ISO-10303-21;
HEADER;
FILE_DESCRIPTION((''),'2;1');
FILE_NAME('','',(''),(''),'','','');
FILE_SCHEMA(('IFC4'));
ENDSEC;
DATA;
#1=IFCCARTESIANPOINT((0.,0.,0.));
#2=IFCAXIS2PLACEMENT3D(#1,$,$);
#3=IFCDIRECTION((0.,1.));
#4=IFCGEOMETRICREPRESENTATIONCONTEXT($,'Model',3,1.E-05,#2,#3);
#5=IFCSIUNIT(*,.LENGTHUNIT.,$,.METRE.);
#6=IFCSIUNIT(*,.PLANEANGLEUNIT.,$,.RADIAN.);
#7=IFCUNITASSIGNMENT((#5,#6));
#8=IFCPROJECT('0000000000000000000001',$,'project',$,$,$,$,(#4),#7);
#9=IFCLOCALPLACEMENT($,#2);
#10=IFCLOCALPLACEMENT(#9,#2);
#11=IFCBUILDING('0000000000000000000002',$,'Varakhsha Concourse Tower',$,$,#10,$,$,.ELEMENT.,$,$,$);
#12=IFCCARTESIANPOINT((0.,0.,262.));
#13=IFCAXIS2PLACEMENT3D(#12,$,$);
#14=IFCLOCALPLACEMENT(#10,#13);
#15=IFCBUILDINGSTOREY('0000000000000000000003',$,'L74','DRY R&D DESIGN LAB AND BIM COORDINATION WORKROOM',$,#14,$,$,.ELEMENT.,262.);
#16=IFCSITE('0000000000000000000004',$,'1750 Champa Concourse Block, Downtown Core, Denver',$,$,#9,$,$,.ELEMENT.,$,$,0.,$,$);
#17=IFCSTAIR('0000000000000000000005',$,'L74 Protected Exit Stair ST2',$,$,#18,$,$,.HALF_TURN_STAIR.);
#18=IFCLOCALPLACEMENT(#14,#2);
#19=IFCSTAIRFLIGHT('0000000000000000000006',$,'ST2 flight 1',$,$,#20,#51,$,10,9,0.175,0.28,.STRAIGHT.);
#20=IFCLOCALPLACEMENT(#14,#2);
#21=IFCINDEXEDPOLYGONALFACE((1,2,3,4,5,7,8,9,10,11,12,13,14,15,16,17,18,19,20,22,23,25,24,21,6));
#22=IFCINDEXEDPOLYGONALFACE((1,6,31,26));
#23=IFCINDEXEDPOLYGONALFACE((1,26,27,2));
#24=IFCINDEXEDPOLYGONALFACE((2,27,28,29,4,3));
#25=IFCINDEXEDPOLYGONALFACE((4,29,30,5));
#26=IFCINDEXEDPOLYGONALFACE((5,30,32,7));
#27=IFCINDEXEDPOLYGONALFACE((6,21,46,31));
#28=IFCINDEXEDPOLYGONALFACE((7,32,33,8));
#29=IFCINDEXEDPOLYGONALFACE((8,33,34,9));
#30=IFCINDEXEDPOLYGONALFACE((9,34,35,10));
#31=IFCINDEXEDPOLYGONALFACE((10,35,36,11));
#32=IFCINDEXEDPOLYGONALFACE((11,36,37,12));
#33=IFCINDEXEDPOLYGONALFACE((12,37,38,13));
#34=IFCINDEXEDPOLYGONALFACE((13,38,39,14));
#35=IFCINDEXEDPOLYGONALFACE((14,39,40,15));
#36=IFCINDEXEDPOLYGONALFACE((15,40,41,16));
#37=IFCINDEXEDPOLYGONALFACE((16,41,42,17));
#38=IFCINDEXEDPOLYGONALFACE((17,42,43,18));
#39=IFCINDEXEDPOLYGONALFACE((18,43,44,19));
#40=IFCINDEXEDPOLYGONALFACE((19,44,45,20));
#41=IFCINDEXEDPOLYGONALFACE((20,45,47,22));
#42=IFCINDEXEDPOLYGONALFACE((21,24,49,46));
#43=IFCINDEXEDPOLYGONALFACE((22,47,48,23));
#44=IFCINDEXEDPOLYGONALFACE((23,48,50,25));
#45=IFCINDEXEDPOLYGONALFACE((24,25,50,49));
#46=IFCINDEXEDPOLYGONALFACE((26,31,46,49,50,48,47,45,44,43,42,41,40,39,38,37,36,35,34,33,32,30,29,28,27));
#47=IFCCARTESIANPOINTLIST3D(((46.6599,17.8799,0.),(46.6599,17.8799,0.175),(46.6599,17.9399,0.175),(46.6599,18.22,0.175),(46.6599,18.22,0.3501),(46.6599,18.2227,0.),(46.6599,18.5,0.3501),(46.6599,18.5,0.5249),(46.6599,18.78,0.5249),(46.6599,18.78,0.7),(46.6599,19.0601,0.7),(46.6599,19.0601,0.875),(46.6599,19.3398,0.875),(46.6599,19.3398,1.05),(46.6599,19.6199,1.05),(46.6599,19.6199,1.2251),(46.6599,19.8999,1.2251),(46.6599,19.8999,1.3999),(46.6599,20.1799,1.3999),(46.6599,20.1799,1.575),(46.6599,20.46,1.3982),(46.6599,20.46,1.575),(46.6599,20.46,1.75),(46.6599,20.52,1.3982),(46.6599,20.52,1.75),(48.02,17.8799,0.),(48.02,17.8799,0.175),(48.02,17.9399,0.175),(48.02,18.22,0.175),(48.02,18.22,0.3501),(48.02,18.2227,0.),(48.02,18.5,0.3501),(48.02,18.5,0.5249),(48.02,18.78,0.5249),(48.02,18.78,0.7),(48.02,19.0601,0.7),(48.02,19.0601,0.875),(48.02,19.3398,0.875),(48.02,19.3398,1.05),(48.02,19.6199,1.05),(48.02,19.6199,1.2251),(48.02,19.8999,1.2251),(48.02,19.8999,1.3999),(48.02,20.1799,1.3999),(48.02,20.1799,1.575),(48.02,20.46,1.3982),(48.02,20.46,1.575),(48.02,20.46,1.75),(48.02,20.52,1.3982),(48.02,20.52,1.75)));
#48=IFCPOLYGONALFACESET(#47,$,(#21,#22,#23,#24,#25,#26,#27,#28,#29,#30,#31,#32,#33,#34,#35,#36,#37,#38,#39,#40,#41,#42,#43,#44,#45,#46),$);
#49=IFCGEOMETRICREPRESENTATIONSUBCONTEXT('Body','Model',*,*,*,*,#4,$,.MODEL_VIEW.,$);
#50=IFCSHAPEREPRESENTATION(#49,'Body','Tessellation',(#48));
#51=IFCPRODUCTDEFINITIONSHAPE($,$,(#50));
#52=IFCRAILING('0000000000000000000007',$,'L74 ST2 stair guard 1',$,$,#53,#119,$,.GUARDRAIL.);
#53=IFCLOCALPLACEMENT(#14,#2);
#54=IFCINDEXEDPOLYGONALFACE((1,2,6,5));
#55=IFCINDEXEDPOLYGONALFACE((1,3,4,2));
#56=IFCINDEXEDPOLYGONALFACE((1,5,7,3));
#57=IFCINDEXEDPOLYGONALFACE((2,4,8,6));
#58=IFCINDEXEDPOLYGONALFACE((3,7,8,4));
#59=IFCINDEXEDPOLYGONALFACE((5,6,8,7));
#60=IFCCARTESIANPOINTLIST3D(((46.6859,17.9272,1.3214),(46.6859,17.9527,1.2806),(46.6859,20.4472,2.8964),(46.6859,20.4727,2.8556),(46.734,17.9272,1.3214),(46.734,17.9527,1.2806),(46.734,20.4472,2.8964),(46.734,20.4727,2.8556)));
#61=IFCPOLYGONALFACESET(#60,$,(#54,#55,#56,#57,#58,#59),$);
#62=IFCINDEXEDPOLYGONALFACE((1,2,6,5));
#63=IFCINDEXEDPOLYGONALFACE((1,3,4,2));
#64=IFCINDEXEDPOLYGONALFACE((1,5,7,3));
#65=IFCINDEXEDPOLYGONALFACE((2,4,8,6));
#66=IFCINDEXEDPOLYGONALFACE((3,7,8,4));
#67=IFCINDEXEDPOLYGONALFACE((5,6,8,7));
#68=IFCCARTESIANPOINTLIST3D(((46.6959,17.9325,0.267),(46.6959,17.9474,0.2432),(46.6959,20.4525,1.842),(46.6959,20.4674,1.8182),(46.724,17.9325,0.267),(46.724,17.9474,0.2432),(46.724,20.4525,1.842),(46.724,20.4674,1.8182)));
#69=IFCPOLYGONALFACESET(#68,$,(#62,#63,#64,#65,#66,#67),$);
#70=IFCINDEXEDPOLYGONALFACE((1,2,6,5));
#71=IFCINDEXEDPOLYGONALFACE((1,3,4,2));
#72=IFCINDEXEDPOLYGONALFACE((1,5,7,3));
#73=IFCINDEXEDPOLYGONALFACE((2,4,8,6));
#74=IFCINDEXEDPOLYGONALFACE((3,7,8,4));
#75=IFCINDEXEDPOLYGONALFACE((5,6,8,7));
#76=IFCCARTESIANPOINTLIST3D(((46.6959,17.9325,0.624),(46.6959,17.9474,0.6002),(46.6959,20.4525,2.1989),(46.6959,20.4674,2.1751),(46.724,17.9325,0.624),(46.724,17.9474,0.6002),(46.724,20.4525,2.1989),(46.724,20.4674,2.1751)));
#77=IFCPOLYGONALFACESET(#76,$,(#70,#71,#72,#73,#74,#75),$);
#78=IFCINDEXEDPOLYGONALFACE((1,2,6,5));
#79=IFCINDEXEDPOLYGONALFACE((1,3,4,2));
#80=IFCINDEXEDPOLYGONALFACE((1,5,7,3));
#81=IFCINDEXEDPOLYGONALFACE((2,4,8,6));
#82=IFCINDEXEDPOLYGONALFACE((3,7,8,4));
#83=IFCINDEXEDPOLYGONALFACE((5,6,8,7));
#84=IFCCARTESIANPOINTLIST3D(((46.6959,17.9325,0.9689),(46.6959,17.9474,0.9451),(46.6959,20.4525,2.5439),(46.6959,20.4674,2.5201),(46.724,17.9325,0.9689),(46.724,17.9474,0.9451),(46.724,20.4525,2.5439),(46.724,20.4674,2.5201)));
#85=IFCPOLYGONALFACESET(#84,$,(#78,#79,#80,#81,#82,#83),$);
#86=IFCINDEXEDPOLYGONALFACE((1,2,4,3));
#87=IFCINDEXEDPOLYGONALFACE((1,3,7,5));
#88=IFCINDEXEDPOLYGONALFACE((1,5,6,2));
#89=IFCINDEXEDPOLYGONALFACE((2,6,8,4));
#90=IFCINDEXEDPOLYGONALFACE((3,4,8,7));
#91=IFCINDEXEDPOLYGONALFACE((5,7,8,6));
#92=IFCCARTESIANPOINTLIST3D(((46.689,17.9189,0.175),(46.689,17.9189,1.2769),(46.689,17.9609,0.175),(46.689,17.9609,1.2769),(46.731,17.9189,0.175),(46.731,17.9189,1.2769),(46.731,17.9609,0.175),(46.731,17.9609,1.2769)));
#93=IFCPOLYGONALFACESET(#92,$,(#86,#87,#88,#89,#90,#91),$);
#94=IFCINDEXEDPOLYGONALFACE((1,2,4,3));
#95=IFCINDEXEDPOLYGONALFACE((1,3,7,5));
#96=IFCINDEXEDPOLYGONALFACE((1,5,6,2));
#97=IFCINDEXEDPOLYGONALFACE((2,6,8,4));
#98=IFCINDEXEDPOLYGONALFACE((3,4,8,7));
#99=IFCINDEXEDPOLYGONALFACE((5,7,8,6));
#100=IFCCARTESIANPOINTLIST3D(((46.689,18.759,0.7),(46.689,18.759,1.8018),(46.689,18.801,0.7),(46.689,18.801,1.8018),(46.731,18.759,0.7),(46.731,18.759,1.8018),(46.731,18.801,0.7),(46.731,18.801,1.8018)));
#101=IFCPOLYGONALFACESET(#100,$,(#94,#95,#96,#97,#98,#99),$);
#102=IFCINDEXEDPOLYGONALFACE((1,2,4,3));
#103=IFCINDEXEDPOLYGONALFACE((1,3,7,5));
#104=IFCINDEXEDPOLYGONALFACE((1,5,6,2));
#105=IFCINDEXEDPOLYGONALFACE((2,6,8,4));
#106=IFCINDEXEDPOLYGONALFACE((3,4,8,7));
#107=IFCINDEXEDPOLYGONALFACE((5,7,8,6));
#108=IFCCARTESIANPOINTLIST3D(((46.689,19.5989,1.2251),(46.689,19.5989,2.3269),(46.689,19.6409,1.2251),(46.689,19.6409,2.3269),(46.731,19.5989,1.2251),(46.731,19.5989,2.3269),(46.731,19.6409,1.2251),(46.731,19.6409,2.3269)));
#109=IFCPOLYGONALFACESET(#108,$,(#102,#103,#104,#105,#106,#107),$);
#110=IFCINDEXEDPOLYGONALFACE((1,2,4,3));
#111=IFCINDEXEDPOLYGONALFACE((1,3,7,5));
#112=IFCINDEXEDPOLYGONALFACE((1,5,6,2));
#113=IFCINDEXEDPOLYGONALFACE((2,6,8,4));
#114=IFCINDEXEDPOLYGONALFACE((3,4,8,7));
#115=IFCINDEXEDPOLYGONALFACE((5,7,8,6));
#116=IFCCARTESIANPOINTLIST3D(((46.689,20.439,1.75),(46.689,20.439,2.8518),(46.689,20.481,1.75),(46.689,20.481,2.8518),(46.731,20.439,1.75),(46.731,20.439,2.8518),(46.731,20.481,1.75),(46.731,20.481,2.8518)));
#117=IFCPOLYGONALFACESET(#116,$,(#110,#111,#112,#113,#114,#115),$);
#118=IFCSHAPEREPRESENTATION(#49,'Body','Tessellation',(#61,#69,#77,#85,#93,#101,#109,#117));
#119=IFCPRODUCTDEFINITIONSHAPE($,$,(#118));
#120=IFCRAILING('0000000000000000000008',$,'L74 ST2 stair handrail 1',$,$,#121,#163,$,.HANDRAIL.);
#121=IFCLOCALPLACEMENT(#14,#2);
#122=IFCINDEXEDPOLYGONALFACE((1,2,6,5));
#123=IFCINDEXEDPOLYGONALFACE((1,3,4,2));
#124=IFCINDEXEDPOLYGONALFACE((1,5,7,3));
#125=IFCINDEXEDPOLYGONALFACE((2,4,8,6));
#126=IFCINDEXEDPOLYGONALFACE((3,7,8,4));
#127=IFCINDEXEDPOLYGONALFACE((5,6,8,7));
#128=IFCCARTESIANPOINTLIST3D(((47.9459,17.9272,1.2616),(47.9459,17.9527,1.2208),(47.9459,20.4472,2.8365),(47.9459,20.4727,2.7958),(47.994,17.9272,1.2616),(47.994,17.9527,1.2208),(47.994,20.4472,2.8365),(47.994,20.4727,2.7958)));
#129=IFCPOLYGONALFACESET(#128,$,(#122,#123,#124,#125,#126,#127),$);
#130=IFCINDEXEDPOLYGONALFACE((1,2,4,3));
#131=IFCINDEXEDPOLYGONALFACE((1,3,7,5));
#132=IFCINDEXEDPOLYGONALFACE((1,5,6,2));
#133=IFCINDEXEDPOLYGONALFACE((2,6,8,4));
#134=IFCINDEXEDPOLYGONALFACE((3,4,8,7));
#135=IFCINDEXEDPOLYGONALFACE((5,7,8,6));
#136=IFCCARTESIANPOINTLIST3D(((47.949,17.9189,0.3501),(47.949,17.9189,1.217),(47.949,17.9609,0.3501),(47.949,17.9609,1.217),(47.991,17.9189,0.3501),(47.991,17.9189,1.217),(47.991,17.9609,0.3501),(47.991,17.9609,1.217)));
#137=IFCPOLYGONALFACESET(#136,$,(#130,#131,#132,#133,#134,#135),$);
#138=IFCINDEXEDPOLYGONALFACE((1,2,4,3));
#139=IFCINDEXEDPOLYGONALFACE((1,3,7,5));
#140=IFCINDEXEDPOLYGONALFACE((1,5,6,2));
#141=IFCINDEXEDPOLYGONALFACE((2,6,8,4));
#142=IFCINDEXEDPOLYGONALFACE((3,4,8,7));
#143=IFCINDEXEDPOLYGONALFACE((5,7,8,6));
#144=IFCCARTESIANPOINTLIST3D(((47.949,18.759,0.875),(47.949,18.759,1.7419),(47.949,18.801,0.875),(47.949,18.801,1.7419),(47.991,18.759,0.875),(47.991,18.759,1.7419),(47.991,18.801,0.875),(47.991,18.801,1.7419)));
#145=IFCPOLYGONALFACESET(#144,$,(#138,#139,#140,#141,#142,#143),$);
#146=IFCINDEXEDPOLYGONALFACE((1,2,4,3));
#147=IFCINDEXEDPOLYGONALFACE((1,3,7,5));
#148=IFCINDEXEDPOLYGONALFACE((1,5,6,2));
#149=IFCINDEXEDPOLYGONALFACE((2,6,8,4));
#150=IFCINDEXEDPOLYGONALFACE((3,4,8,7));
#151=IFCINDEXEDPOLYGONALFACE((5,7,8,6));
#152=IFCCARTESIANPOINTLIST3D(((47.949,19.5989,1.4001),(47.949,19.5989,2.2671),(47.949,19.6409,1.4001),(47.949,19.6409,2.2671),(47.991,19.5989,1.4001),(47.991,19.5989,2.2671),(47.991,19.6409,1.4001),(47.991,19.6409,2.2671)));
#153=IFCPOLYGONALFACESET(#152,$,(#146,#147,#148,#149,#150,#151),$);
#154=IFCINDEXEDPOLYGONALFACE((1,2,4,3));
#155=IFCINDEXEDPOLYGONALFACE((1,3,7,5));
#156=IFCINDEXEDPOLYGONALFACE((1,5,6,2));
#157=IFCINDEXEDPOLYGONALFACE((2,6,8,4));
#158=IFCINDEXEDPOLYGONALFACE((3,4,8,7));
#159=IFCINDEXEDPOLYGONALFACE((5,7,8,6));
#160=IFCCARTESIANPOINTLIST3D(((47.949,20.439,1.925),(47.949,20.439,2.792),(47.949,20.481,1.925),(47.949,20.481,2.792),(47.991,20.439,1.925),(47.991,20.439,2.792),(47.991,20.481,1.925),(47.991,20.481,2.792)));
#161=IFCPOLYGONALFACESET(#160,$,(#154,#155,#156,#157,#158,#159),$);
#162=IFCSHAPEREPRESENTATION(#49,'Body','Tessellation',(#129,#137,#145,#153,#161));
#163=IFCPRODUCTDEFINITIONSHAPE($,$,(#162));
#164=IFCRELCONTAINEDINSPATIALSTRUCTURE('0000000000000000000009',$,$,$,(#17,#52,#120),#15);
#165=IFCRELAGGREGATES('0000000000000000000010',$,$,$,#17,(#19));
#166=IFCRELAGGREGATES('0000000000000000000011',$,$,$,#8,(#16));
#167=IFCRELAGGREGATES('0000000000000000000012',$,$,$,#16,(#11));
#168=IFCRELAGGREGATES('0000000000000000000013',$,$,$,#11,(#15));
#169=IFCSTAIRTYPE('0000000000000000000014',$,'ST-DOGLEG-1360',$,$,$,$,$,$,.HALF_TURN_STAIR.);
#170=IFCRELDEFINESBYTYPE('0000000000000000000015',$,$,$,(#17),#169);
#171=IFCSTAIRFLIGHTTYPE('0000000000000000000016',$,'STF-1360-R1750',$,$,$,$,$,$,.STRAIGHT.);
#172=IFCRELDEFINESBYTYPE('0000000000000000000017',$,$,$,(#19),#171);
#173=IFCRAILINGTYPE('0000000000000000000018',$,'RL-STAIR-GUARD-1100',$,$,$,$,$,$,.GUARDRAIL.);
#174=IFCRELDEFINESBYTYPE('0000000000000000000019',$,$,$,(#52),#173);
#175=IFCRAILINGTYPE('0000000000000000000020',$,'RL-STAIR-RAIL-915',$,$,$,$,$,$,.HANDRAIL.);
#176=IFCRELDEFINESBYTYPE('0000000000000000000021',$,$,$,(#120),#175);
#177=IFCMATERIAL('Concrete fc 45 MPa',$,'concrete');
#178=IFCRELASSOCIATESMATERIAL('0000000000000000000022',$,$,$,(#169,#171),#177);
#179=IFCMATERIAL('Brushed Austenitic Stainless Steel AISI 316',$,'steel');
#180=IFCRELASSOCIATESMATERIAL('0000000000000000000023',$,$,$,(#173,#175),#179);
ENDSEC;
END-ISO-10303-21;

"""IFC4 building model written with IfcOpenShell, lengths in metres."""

from ifc_helpers import new_model, si_unit, direction, frame, origin, origin_2d, place, context, subcontext, project, spatial, polyline, rectangle, outline, extrude, material, type_object, element, aggregate, save


model = new_model("IFC4")

# Units and contexts
model_context = context("Model", 3, precision=1e-05, world=origin(), true_north=direction((0.0, 1.0)))
body_context = subcontext(model_context, "Body", "Model", "MODEL_VIEW")
ifc_project = project(units=[si_unit("LENGTHUNIT", "METRE"), si_unit("PLANEANGLEUNIT", "RADIAN")], contexts=[model_context])

# Site, building, storey
site_placement = place(None, origin())
site = spatial("IfcSite", under=ifc_project, at=site_placement, Name="1750 Champa Concourse Block, Downtown Core, Denver", CompositionType="ELEMENT", RefElevation=0.0)
building_placement = place(site_placement, origin())
building = spatial("IfcBuilding", under=site, at=building_placement, Name="Varakhsha Concourse Tower", CompositionType="ELEMENT")
storey_placement = place(building_placement, frame((0.0, 0.0, 262.0)))
storey = spatial("IfcBuildingStorey", under=building, at=storey_placement, Name="L74", Description="DRY R&D DESIGN LAB AND BIM COORDINATION WORKROOM", CompositionType="ELEMENT", Elevation=262.0)

# Stair, stair flight
ifc_material_1 = material(Name="Concrete fc 45 MPa", Category="concrete")
stair_type = type_object("IfcStairType", Name="ST-DOGLEG-1360", PredefinedType="HALF_TURN_STAIR", material=ifc_material_1)
stair_placement = place(storey_placement, origin())
stair = element("IfcStair", 1, at=stair_placement, inside=storey, type_object=stair_type, Name="L74 Protected Exit Stair ST2", PredefinedType="HALF_TURN_STAIR")
stair_flight_type = type_object("IfcStairFlightType", Name="STF-1360-R1750", PredefinedType="STRAIGHT", material=ifc_material_1)
stair_flight_placement = place(storey_placement, frame((47.3401, 17.9399, 0.0), z_axis=(0.0, 0.0, 1.0), x_axis=(0.0, 1.0, 0.0)))
stair_flight = element("IfcStairFlight", 2, at=stair_flight_placement, type_object=stair_flight_type, Name="ST2 flight 1", NumberOfRisers=10, NumberOfTreads=9, PredefinedType="STRAIGHT", RiserHeight=0.175, TreadLength=0.28, context=body_context, shape_type="SweptSolid", body=[
    extrude(outline(polyline([(-0.0601, 0.0), (-0.0601, 0.175), (0.0, 0.175), (0.28, 0.175), (0.28, 0.3501), (0.5601, 0.3501), (0.5601, 0.5249), (0.8401, 0.5249), (0.8401, 0.7), (1.1201, 0.7), (1.1201, 0.875), (1.3999, 0.875), (1.3999, 1.05), (1.6799, 1.05), (1.6799, 1.2251), (1.96, 1.2251), (1.96, 1.3999), (2.24, 1.3999), (2.24, 1.575), (2.52, 1.575), (2.52, 1.75), (2.5801, 1.75), (2.5801, 1.3982), (2.52, 1.3982), (0.2827, 0.0), (-0.0601, 0.0)])), frame((0.0, 0.6802, 0.0), z_axis=(0.0, -1.0, 0.0), x_axis=(1.0, 0.0, 0.0)), (0.0, 0.0, 1.0), 1.3601),
])
aggregate(stair, [stair_flight])

# Railings
ifc_material_2 = material(Name="Brushed Austenitic Stainless Steel AISI 316", Category="steel")
railing_type_1 = type_object("IfcRailingType", Name="RL-STAIR-GUARD-1100", PredefinedType="GUARDRAIL", material=ifc_material_2)
railing_1_placement = place(storey_placement, frame((46.71, 17.9399, 0.175)))
element("IfcRailing", 3, at=railing_1_placement, inside=storey, type_object=railing_type_1, Name="L74 ST2 stair guard 1", PredefinedType="GUARDRAIL", context=body_context, shape_type="SweptSolid", body=[
    extrude(rectangle(XDim=0.0481, YDim=0.0481, at=origin_2d()), frame((0.0, 0.0, 1.126), z_axis=(0.0, 0.848008, 0.529984), x_axis=(-1.0, 0.0, 0.0)), (0.0, 0.0, 1.0), 2.9717),
    extrude(rectangle(XDim=0.0281, YDim=0.0281, at=origin_2d()), frame((0.0, 0.0, 0.0801), z_axis=(0.0, 0.848008, 0.529984), x_axis=(-1.0, 0.0, 0.0)), (0.0, 0.0, 1.0), 2.9717),
    extrude(rectangle(XDim=0.0281, YDim=0.0281, at=origin_2d()), frame((0.0, 0.0, 0.437), z_axis=(0.0, 0.848008, 0.529984), x_axis=(-1.0, 0.0, 0.0)), (0.0, 0.0, 1.0), 2.9717),
    extrude(rectangle(XDim=0.0281, YDim=0.0281, at=origin_2d()), frame((0.0, 0.0, 0.782), z_axis=(0.0, 0.848008, 0.529984), x_axis=(-1.0, 0.0, 0.0)), (0.0, 0.0, 1.0), 2.9717),
    extrude(rectangle(XDim=0.042, YDim=0.042, at=origin_2d()), origin(), (0.0, 0.0, 1.0), 1.1018),
    extrude(rectangle(XDim=0.042, YDim=0.042, at=origin_2d()), frame((0.0, 0.8401, 0.5249)), (0.0, 0.0, 1.0), 1.1018),
    extrude(rectangle(XDim=0.042, YDim=0.042, at=origin_2d()), frame((0.0, 1.6799, 1.05)), (0.0, 0.0, 1.0), 1.1018),
    extrude(rectangle(XDim=0.042, YDim=0.042, at=origin_2d()), frame((0.0, 2.52, 1.575)), (0.0, 0.0, 1.0), 1.1018),
])
railing_type_2 = type_object("IfcRailingType", Name="RL-STAIR-RAIL-915", PredefinedType="HANDRAIL", material=ifc_material_2)
railing_2_placement = place(storey_placement, frame((47.97, 17.9399, 0.3501)))
element("IfcRailing", 4, at=railing_2_placement, inside=storey, type_object=railing_type_2, Name="L74 ST2 stair handrail 1", PredefinedType="HANDRAIL", context=body_context, shape_type="SweptSolid", body=[
    extrude(rectangle(XDim=0.0481, YDim=0.0481, at=origin_2d()), frame((0.0, 0.0, 0.8911), z_axis=(0.0, 0.848008, 0.529984), x_axis=(-1.0, 0.0, 0.0)), (0.0, 0.0, 1.0), 2.9717),
    extrude(rectangle(XDim=0.042, YDim=0.042, at=origin_2d()), origin(), (0.0, 0.0, 1.0), 0.8669),
    extrude(rectangle(XDim=0.042, YDim=0.042, at=origin_2d()), frame((0.0, 0.8401, 0.5249)), (0.0, 0.0, 1.0), 0.8669),
    extrude(rectangle(XDim=0.042, YDim=0.042, at=origin_2d()), frame((0.0, 1.6799, 1.05)), (0.0, 0.0, 1.0), 0.8669),
    extrude(rectangle(XDim=0.042, YDim=0.042, at=origin_2d()), frame((0.0, 2.52, 1.575)), (0.0, 0.0, 1.0), 0.8669),
])

save(model, "model.ifc")
